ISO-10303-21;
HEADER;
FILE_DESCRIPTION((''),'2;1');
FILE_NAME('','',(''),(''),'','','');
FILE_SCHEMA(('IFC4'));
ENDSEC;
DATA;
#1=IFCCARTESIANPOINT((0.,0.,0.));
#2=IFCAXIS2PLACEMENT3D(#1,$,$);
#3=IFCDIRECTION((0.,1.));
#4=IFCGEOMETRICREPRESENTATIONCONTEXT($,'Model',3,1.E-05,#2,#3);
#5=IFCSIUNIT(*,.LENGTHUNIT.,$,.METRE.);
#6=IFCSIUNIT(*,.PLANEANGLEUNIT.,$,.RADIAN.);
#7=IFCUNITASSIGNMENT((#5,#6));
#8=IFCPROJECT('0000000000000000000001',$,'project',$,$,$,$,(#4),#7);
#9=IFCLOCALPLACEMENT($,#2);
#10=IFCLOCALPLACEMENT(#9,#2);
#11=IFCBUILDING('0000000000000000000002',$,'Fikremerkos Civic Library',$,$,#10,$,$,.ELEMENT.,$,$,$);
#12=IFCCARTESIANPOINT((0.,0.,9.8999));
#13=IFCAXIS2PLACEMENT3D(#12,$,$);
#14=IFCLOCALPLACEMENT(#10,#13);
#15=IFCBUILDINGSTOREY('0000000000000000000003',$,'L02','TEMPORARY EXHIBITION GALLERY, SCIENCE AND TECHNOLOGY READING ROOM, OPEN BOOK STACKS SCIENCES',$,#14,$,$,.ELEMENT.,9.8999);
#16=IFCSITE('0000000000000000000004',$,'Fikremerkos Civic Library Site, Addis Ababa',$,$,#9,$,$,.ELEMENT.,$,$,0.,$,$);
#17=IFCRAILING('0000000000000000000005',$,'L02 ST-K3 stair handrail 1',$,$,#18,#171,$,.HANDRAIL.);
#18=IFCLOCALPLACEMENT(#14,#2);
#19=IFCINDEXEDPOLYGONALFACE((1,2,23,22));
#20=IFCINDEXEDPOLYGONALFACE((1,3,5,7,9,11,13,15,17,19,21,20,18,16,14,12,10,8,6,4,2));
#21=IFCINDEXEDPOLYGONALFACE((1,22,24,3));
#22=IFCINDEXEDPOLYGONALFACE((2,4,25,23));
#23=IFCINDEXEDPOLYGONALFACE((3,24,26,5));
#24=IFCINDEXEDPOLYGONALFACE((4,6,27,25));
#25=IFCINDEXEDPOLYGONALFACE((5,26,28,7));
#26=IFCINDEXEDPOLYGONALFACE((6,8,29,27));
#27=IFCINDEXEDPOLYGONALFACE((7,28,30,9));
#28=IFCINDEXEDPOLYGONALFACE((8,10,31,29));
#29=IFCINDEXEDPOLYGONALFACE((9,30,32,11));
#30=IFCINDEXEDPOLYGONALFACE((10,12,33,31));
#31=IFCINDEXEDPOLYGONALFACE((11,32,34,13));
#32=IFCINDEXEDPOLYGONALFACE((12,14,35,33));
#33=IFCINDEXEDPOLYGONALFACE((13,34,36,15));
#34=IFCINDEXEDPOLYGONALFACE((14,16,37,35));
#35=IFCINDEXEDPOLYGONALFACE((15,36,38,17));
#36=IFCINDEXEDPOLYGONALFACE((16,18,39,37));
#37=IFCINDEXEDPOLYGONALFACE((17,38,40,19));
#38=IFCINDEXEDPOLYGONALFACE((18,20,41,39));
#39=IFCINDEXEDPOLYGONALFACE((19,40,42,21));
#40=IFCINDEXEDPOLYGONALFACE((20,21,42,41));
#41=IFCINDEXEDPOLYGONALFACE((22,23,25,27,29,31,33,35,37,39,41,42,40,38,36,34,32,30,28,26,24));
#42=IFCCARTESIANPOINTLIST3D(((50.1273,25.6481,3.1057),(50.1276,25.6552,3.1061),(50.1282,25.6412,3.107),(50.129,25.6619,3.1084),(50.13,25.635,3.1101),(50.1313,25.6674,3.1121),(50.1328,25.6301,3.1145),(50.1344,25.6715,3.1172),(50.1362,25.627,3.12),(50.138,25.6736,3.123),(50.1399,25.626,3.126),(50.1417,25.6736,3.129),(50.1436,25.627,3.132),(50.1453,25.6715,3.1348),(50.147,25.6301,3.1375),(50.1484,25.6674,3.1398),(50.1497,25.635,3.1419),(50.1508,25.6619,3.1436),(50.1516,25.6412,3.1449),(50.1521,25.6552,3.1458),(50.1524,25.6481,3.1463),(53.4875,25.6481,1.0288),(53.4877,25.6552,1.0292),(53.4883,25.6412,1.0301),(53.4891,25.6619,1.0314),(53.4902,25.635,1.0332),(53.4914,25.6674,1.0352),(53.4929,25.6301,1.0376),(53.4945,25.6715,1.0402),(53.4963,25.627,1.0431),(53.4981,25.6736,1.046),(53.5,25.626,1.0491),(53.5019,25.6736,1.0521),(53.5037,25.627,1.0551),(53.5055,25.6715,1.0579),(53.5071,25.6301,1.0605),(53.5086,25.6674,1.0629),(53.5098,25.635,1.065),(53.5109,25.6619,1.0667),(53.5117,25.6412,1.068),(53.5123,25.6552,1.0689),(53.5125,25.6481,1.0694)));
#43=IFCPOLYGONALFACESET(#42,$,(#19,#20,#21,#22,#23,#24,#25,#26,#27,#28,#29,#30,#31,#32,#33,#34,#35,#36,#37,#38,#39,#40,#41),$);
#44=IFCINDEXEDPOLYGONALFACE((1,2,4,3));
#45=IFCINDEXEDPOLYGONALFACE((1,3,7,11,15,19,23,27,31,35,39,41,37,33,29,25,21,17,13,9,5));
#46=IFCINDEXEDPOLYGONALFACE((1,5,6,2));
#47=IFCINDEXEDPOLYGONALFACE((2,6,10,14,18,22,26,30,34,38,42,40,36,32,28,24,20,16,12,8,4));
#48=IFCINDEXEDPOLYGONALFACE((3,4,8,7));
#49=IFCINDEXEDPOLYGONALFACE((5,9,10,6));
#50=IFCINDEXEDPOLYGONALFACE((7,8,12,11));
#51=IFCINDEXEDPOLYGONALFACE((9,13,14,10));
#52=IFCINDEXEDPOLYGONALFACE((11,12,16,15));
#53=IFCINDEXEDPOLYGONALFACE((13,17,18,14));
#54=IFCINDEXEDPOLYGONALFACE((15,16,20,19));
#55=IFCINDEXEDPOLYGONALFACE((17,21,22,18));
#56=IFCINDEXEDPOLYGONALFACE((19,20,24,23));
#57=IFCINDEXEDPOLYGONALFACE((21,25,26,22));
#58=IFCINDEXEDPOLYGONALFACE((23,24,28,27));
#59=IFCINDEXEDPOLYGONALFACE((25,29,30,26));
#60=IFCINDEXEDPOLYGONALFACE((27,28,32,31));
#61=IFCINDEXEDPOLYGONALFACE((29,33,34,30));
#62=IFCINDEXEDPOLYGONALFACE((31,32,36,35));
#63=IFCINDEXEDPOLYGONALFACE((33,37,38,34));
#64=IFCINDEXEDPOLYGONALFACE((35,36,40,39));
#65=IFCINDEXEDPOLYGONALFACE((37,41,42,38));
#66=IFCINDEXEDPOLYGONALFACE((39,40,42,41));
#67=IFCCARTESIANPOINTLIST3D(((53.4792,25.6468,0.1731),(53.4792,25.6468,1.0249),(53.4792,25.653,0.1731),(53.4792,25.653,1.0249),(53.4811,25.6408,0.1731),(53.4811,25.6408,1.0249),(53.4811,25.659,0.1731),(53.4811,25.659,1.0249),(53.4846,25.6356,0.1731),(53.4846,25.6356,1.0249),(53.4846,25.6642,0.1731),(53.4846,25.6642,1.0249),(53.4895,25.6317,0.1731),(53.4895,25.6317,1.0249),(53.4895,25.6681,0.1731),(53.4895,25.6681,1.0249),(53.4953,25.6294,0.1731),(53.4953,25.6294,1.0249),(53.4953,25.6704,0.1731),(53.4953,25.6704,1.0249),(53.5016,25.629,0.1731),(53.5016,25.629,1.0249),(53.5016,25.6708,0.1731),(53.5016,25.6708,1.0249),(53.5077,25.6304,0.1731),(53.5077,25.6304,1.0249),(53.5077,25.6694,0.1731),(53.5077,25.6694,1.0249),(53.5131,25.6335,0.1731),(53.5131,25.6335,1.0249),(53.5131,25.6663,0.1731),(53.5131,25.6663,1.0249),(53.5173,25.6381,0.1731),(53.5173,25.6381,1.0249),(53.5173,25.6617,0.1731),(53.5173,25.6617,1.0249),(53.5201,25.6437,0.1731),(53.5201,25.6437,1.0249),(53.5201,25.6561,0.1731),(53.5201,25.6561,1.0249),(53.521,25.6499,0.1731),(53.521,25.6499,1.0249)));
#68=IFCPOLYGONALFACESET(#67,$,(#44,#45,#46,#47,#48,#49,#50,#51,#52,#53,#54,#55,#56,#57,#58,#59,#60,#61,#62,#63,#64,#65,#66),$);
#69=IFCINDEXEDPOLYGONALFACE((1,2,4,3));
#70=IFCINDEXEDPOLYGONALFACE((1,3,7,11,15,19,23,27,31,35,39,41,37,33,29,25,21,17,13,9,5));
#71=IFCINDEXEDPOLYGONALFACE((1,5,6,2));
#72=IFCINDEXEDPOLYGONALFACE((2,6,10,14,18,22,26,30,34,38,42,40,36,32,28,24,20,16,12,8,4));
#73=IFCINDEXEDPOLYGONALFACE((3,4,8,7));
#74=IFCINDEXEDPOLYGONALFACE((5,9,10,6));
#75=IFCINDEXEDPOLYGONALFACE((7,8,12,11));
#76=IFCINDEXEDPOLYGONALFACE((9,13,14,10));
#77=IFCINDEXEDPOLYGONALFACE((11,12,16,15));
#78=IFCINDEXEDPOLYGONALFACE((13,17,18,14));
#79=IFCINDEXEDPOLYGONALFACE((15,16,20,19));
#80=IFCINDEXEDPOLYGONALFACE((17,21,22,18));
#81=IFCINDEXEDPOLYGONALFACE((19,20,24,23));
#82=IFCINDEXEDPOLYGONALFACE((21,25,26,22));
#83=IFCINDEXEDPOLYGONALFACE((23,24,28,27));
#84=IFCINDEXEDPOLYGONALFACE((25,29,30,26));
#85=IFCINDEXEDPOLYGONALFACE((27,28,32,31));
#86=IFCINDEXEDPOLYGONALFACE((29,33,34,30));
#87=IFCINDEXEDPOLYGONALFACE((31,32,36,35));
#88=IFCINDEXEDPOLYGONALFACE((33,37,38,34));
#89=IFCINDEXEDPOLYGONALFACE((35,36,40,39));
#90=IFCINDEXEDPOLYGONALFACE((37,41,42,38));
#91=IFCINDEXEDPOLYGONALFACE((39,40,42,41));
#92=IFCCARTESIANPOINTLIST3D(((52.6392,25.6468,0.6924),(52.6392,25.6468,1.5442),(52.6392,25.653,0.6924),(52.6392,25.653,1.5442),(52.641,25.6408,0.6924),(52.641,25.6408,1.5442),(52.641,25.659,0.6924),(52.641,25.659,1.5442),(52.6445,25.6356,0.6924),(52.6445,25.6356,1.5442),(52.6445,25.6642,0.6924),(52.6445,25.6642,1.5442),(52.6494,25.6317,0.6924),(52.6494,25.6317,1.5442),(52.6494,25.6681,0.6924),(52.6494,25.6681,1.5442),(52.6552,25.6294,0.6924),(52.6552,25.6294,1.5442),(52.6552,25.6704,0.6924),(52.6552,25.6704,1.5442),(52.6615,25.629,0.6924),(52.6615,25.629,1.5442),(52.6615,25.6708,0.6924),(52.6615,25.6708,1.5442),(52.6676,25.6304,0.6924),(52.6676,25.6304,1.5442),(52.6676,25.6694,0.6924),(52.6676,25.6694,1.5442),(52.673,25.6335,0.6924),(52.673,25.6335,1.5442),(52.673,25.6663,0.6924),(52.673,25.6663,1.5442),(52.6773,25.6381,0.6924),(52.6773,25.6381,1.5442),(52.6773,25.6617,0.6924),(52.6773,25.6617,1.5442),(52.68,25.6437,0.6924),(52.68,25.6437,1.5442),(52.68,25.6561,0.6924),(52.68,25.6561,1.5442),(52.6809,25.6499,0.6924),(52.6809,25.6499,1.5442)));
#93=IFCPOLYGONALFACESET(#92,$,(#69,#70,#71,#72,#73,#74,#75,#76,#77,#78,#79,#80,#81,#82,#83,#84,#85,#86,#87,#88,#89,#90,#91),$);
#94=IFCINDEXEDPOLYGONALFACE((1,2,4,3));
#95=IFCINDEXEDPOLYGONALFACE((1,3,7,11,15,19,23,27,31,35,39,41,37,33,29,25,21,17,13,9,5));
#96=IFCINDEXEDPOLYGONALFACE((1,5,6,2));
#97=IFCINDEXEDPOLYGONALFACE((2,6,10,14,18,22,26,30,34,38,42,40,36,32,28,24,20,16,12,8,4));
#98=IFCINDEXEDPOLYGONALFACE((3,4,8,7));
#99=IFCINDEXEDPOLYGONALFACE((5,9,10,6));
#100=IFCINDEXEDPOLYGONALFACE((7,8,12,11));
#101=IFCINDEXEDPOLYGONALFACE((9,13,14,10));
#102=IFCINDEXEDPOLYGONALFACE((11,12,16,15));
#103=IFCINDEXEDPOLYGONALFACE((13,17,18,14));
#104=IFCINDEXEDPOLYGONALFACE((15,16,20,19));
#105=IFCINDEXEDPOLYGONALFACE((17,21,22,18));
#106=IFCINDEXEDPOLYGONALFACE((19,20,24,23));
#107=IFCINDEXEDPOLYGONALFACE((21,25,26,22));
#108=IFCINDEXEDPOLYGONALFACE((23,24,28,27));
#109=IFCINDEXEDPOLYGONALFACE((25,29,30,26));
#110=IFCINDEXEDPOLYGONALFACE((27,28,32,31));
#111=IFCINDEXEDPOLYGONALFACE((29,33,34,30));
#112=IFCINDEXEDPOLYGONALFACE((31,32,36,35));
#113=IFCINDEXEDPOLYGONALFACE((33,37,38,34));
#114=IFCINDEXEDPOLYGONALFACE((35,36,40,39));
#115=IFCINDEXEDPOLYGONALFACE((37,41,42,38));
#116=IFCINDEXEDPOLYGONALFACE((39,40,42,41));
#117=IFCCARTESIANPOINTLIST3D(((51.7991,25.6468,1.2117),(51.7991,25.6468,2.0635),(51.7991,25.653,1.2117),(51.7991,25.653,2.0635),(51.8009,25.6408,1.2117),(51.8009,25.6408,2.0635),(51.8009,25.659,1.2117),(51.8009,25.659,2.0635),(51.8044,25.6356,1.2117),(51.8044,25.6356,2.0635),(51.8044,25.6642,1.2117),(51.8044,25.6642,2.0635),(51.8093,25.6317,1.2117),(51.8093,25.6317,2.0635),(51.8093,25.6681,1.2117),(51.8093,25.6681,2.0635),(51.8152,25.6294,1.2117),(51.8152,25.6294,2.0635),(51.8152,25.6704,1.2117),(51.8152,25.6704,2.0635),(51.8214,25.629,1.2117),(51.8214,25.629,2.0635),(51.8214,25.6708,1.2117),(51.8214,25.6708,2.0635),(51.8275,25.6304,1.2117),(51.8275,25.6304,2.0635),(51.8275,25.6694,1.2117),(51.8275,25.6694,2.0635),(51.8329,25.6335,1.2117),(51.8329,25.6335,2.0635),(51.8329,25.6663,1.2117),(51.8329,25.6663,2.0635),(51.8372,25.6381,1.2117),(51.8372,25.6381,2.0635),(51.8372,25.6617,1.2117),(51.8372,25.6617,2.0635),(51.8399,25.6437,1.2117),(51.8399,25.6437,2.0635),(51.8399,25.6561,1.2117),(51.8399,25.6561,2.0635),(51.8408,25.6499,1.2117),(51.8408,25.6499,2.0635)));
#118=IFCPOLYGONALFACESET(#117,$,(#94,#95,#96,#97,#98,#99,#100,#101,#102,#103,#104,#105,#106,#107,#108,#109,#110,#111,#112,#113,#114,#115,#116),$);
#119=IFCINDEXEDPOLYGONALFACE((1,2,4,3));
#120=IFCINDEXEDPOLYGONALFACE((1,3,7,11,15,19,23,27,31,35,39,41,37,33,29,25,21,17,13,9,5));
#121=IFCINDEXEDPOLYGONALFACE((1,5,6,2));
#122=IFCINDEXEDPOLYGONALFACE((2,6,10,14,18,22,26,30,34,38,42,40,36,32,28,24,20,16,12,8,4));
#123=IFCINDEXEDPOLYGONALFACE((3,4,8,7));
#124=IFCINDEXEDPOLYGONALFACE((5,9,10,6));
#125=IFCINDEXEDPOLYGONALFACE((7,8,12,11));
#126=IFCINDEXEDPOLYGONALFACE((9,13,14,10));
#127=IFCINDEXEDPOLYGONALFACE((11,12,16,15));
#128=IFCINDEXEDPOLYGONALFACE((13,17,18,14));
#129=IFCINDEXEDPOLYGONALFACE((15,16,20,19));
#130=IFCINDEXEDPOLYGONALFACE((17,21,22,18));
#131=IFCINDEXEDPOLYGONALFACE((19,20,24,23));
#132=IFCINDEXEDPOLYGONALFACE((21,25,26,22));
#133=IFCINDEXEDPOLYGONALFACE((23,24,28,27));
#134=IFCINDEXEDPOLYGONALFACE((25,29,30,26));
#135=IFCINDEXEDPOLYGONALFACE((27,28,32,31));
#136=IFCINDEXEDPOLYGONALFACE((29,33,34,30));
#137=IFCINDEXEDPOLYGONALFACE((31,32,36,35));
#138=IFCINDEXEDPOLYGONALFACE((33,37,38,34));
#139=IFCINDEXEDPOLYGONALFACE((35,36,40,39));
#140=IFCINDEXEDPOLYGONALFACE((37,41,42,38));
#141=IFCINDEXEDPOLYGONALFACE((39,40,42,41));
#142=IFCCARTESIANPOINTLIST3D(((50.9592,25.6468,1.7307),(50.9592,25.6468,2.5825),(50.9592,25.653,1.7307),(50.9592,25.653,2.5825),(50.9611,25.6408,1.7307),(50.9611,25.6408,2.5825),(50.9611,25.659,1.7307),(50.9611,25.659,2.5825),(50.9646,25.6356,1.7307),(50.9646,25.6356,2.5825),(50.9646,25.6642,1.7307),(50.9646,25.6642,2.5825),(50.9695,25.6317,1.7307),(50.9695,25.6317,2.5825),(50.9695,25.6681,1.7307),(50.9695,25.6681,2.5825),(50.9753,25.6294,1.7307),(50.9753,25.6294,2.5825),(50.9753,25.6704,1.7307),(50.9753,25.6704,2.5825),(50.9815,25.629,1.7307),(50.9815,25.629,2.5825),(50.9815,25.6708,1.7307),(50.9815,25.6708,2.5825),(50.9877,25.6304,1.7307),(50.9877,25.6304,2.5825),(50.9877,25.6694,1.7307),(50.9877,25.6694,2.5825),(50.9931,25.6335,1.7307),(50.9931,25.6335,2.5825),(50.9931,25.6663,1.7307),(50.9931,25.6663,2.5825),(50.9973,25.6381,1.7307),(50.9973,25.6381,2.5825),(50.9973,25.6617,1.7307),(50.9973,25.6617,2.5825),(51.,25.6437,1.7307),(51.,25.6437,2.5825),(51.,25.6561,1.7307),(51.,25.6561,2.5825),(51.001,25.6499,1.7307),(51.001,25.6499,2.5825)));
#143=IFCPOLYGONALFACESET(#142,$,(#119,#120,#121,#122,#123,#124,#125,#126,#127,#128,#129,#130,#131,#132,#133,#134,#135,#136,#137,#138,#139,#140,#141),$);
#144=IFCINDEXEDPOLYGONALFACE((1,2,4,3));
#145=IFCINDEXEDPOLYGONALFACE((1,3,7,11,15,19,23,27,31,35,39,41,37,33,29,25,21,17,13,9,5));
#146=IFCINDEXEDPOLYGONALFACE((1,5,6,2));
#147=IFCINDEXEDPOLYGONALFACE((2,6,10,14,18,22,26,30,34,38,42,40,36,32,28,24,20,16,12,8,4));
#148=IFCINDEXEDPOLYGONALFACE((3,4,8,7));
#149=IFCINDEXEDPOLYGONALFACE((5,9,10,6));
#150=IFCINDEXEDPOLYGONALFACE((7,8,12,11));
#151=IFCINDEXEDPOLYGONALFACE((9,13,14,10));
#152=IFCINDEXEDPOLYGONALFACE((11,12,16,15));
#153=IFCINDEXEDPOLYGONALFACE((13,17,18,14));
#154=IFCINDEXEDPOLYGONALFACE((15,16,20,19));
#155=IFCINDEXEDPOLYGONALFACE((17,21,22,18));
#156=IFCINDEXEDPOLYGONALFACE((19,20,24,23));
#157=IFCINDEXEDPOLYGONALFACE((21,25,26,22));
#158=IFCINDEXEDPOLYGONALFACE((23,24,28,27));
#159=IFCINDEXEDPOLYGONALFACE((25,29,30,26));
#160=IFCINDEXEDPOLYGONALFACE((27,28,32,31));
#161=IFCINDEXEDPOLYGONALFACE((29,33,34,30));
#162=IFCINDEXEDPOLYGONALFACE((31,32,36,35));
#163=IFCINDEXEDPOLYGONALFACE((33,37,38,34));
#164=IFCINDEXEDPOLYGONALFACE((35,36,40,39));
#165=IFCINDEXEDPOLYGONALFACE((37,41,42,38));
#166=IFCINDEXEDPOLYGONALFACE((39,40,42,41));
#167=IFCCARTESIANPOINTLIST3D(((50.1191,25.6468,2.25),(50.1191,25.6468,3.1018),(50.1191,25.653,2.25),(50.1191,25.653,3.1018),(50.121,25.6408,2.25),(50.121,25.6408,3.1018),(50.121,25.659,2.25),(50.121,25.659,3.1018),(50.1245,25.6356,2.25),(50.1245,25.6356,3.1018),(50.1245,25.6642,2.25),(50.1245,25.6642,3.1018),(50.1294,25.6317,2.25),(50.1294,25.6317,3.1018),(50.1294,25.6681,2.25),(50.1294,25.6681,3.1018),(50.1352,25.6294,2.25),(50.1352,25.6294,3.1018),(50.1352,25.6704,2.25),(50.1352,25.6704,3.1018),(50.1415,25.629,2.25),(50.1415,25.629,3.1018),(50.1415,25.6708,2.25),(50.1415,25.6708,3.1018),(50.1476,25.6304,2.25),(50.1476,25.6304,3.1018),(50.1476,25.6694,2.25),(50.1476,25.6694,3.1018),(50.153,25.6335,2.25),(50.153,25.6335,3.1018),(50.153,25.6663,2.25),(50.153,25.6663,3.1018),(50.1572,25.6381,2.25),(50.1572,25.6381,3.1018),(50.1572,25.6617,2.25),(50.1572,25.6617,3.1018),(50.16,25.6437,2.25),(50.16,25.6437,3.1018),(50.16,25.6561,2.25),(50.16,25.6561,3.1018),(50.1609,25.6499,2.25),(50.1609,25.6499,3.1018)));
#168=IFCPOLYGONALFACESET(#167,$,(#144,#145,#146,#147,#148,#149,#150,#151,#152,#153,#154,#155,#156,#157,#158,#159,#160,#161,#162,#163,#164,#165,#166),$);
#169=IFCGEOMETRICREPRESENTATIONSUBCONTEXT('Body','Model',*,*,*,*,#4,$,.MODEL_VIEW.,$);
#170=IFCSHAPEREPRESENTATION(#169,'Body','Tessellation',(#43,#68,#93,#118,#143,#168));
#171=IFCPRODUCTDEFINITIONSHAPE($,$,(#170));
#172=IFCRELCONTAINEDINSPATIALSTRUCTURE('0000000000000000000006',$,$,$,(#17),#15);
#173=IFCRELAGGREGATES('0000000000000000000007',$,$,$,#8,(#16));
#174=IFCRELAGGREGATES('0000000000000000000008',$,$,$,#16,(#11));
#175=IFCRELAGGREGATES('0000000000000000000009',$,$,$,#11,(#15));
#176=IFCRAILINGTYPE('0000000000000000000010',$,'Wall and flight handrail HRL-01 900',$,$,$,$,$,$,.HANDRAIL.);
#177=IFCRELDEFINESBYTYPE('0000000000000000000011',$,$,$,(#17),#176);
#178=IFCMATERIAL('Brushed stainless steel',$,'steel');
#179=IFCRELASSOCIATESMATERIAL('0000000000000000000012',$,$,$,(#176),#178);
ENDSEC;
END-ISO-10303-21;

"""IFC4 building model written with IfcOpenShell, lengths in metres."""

from ifc_helpers import new_model, si_unit, direction, frame, origin, origin_2d, place, context, subcontext, project, spatial, circle, extrude, material, type_object, element, save


model = new_model("IFC4")

# Units and contexts
model_context = context("Model", 3, precision=1e-05, world=origin(), true_north=direction((0.0, 1.0)))
body_context = subcontext(model_context, "Body", "Model", "MODEL_VIEW")
ifc_project = project(units=[si_unit("LENGTHUNIT", "METRE"), si_unit("PLANEANGLEUNIT", "RADIAN")], contexts=[model_context])

# Site, building, storey
site_placement = place(None, origin())
site = spatial("IfcSite", under=ifc_project, at=site_placement, Name="Fikremerkos Civic Library Site, Addis Ababa", CompositionType="ELEMENT", RefElevation=0.0)
building_placement = place(site_placement, origin())
building = spatial("IfcBuilding", under=site, at=building_placement, Name="Fikremerkos Civic Library", CompositionType="ELEMENT")
storey_placement = place(building_placement, frame((0.0, 0.0, 9.8999)))
storey = spatial("IfcBuildingStorey", under=building, at=storey_placement, Name="L02", Description="TEMPORARY EXHIBITION GALLERY, SCIENCE AND TECHNOLOGY READING ROOM, OPEN BOOK STACKS SCIENCES", CompositionType="ELEMENT", Elevation=9.8999)

# Shared definitions
ifc_material_1 = material(Name="Brushed stainless steel", Category="steel")

# Railing
railing_type_1 = type_object("IfcRailingType", Name="Wall and flight handrail HRL-01 900", PredefinedType="HANDRAIL", material=ifc_material_1)
railing_1_placement = place(storey_placement, frame((53.5, 25.6499, 0.1731)))
element("IfcRailing", 1, at=railing_1_placement, inside=storey, type_object=railing_type_1, Name="L02 ST-K3 stair handrail 1", PredefinedType="HANDRAIL", context=body_context, shape_type="SweptSolid", body=[
    extrude(circle(Radius=0.0239, at=origin_2d()), frame((0.0, 0.0, 0.876), z_axis=(-0.850623, 0.0, 0.525776), x_axis=(0.0, -1.0, 0.0)), (0.0, 0.0, 1.0), 3.9502),
    extrude(circle(Radius=0.021, at=origin_2d()), origin(), (0.0, 0.0, 1.0), 0.8518),
    extrude(circle(Radius=0.021, at=origin_2d()), frame((-0.8401, 0.0, 0.5193)), (0.0, 0.0, 1.0), 0.8518),
    extrude(circle(Radius=0.021, at=origin_2d()), frame((-1.6802, 0.0, 1.0386)), (0.0, 0.0, 1.0), 0.8518),
    extrude(circle(Radius=0.021, at=origin_2d()), frame((-2.52, 0.0, 1.5576)), (0.0, 0.0, 1.0), 0.8518),
    extrude(circle(Radius=0.021, at=origin_2d()), frame((-3.3601, 0.0, 2.0769)), (0.0, 0.0, 1.0), 0.8518),
])

save(model, "model.ifc")
